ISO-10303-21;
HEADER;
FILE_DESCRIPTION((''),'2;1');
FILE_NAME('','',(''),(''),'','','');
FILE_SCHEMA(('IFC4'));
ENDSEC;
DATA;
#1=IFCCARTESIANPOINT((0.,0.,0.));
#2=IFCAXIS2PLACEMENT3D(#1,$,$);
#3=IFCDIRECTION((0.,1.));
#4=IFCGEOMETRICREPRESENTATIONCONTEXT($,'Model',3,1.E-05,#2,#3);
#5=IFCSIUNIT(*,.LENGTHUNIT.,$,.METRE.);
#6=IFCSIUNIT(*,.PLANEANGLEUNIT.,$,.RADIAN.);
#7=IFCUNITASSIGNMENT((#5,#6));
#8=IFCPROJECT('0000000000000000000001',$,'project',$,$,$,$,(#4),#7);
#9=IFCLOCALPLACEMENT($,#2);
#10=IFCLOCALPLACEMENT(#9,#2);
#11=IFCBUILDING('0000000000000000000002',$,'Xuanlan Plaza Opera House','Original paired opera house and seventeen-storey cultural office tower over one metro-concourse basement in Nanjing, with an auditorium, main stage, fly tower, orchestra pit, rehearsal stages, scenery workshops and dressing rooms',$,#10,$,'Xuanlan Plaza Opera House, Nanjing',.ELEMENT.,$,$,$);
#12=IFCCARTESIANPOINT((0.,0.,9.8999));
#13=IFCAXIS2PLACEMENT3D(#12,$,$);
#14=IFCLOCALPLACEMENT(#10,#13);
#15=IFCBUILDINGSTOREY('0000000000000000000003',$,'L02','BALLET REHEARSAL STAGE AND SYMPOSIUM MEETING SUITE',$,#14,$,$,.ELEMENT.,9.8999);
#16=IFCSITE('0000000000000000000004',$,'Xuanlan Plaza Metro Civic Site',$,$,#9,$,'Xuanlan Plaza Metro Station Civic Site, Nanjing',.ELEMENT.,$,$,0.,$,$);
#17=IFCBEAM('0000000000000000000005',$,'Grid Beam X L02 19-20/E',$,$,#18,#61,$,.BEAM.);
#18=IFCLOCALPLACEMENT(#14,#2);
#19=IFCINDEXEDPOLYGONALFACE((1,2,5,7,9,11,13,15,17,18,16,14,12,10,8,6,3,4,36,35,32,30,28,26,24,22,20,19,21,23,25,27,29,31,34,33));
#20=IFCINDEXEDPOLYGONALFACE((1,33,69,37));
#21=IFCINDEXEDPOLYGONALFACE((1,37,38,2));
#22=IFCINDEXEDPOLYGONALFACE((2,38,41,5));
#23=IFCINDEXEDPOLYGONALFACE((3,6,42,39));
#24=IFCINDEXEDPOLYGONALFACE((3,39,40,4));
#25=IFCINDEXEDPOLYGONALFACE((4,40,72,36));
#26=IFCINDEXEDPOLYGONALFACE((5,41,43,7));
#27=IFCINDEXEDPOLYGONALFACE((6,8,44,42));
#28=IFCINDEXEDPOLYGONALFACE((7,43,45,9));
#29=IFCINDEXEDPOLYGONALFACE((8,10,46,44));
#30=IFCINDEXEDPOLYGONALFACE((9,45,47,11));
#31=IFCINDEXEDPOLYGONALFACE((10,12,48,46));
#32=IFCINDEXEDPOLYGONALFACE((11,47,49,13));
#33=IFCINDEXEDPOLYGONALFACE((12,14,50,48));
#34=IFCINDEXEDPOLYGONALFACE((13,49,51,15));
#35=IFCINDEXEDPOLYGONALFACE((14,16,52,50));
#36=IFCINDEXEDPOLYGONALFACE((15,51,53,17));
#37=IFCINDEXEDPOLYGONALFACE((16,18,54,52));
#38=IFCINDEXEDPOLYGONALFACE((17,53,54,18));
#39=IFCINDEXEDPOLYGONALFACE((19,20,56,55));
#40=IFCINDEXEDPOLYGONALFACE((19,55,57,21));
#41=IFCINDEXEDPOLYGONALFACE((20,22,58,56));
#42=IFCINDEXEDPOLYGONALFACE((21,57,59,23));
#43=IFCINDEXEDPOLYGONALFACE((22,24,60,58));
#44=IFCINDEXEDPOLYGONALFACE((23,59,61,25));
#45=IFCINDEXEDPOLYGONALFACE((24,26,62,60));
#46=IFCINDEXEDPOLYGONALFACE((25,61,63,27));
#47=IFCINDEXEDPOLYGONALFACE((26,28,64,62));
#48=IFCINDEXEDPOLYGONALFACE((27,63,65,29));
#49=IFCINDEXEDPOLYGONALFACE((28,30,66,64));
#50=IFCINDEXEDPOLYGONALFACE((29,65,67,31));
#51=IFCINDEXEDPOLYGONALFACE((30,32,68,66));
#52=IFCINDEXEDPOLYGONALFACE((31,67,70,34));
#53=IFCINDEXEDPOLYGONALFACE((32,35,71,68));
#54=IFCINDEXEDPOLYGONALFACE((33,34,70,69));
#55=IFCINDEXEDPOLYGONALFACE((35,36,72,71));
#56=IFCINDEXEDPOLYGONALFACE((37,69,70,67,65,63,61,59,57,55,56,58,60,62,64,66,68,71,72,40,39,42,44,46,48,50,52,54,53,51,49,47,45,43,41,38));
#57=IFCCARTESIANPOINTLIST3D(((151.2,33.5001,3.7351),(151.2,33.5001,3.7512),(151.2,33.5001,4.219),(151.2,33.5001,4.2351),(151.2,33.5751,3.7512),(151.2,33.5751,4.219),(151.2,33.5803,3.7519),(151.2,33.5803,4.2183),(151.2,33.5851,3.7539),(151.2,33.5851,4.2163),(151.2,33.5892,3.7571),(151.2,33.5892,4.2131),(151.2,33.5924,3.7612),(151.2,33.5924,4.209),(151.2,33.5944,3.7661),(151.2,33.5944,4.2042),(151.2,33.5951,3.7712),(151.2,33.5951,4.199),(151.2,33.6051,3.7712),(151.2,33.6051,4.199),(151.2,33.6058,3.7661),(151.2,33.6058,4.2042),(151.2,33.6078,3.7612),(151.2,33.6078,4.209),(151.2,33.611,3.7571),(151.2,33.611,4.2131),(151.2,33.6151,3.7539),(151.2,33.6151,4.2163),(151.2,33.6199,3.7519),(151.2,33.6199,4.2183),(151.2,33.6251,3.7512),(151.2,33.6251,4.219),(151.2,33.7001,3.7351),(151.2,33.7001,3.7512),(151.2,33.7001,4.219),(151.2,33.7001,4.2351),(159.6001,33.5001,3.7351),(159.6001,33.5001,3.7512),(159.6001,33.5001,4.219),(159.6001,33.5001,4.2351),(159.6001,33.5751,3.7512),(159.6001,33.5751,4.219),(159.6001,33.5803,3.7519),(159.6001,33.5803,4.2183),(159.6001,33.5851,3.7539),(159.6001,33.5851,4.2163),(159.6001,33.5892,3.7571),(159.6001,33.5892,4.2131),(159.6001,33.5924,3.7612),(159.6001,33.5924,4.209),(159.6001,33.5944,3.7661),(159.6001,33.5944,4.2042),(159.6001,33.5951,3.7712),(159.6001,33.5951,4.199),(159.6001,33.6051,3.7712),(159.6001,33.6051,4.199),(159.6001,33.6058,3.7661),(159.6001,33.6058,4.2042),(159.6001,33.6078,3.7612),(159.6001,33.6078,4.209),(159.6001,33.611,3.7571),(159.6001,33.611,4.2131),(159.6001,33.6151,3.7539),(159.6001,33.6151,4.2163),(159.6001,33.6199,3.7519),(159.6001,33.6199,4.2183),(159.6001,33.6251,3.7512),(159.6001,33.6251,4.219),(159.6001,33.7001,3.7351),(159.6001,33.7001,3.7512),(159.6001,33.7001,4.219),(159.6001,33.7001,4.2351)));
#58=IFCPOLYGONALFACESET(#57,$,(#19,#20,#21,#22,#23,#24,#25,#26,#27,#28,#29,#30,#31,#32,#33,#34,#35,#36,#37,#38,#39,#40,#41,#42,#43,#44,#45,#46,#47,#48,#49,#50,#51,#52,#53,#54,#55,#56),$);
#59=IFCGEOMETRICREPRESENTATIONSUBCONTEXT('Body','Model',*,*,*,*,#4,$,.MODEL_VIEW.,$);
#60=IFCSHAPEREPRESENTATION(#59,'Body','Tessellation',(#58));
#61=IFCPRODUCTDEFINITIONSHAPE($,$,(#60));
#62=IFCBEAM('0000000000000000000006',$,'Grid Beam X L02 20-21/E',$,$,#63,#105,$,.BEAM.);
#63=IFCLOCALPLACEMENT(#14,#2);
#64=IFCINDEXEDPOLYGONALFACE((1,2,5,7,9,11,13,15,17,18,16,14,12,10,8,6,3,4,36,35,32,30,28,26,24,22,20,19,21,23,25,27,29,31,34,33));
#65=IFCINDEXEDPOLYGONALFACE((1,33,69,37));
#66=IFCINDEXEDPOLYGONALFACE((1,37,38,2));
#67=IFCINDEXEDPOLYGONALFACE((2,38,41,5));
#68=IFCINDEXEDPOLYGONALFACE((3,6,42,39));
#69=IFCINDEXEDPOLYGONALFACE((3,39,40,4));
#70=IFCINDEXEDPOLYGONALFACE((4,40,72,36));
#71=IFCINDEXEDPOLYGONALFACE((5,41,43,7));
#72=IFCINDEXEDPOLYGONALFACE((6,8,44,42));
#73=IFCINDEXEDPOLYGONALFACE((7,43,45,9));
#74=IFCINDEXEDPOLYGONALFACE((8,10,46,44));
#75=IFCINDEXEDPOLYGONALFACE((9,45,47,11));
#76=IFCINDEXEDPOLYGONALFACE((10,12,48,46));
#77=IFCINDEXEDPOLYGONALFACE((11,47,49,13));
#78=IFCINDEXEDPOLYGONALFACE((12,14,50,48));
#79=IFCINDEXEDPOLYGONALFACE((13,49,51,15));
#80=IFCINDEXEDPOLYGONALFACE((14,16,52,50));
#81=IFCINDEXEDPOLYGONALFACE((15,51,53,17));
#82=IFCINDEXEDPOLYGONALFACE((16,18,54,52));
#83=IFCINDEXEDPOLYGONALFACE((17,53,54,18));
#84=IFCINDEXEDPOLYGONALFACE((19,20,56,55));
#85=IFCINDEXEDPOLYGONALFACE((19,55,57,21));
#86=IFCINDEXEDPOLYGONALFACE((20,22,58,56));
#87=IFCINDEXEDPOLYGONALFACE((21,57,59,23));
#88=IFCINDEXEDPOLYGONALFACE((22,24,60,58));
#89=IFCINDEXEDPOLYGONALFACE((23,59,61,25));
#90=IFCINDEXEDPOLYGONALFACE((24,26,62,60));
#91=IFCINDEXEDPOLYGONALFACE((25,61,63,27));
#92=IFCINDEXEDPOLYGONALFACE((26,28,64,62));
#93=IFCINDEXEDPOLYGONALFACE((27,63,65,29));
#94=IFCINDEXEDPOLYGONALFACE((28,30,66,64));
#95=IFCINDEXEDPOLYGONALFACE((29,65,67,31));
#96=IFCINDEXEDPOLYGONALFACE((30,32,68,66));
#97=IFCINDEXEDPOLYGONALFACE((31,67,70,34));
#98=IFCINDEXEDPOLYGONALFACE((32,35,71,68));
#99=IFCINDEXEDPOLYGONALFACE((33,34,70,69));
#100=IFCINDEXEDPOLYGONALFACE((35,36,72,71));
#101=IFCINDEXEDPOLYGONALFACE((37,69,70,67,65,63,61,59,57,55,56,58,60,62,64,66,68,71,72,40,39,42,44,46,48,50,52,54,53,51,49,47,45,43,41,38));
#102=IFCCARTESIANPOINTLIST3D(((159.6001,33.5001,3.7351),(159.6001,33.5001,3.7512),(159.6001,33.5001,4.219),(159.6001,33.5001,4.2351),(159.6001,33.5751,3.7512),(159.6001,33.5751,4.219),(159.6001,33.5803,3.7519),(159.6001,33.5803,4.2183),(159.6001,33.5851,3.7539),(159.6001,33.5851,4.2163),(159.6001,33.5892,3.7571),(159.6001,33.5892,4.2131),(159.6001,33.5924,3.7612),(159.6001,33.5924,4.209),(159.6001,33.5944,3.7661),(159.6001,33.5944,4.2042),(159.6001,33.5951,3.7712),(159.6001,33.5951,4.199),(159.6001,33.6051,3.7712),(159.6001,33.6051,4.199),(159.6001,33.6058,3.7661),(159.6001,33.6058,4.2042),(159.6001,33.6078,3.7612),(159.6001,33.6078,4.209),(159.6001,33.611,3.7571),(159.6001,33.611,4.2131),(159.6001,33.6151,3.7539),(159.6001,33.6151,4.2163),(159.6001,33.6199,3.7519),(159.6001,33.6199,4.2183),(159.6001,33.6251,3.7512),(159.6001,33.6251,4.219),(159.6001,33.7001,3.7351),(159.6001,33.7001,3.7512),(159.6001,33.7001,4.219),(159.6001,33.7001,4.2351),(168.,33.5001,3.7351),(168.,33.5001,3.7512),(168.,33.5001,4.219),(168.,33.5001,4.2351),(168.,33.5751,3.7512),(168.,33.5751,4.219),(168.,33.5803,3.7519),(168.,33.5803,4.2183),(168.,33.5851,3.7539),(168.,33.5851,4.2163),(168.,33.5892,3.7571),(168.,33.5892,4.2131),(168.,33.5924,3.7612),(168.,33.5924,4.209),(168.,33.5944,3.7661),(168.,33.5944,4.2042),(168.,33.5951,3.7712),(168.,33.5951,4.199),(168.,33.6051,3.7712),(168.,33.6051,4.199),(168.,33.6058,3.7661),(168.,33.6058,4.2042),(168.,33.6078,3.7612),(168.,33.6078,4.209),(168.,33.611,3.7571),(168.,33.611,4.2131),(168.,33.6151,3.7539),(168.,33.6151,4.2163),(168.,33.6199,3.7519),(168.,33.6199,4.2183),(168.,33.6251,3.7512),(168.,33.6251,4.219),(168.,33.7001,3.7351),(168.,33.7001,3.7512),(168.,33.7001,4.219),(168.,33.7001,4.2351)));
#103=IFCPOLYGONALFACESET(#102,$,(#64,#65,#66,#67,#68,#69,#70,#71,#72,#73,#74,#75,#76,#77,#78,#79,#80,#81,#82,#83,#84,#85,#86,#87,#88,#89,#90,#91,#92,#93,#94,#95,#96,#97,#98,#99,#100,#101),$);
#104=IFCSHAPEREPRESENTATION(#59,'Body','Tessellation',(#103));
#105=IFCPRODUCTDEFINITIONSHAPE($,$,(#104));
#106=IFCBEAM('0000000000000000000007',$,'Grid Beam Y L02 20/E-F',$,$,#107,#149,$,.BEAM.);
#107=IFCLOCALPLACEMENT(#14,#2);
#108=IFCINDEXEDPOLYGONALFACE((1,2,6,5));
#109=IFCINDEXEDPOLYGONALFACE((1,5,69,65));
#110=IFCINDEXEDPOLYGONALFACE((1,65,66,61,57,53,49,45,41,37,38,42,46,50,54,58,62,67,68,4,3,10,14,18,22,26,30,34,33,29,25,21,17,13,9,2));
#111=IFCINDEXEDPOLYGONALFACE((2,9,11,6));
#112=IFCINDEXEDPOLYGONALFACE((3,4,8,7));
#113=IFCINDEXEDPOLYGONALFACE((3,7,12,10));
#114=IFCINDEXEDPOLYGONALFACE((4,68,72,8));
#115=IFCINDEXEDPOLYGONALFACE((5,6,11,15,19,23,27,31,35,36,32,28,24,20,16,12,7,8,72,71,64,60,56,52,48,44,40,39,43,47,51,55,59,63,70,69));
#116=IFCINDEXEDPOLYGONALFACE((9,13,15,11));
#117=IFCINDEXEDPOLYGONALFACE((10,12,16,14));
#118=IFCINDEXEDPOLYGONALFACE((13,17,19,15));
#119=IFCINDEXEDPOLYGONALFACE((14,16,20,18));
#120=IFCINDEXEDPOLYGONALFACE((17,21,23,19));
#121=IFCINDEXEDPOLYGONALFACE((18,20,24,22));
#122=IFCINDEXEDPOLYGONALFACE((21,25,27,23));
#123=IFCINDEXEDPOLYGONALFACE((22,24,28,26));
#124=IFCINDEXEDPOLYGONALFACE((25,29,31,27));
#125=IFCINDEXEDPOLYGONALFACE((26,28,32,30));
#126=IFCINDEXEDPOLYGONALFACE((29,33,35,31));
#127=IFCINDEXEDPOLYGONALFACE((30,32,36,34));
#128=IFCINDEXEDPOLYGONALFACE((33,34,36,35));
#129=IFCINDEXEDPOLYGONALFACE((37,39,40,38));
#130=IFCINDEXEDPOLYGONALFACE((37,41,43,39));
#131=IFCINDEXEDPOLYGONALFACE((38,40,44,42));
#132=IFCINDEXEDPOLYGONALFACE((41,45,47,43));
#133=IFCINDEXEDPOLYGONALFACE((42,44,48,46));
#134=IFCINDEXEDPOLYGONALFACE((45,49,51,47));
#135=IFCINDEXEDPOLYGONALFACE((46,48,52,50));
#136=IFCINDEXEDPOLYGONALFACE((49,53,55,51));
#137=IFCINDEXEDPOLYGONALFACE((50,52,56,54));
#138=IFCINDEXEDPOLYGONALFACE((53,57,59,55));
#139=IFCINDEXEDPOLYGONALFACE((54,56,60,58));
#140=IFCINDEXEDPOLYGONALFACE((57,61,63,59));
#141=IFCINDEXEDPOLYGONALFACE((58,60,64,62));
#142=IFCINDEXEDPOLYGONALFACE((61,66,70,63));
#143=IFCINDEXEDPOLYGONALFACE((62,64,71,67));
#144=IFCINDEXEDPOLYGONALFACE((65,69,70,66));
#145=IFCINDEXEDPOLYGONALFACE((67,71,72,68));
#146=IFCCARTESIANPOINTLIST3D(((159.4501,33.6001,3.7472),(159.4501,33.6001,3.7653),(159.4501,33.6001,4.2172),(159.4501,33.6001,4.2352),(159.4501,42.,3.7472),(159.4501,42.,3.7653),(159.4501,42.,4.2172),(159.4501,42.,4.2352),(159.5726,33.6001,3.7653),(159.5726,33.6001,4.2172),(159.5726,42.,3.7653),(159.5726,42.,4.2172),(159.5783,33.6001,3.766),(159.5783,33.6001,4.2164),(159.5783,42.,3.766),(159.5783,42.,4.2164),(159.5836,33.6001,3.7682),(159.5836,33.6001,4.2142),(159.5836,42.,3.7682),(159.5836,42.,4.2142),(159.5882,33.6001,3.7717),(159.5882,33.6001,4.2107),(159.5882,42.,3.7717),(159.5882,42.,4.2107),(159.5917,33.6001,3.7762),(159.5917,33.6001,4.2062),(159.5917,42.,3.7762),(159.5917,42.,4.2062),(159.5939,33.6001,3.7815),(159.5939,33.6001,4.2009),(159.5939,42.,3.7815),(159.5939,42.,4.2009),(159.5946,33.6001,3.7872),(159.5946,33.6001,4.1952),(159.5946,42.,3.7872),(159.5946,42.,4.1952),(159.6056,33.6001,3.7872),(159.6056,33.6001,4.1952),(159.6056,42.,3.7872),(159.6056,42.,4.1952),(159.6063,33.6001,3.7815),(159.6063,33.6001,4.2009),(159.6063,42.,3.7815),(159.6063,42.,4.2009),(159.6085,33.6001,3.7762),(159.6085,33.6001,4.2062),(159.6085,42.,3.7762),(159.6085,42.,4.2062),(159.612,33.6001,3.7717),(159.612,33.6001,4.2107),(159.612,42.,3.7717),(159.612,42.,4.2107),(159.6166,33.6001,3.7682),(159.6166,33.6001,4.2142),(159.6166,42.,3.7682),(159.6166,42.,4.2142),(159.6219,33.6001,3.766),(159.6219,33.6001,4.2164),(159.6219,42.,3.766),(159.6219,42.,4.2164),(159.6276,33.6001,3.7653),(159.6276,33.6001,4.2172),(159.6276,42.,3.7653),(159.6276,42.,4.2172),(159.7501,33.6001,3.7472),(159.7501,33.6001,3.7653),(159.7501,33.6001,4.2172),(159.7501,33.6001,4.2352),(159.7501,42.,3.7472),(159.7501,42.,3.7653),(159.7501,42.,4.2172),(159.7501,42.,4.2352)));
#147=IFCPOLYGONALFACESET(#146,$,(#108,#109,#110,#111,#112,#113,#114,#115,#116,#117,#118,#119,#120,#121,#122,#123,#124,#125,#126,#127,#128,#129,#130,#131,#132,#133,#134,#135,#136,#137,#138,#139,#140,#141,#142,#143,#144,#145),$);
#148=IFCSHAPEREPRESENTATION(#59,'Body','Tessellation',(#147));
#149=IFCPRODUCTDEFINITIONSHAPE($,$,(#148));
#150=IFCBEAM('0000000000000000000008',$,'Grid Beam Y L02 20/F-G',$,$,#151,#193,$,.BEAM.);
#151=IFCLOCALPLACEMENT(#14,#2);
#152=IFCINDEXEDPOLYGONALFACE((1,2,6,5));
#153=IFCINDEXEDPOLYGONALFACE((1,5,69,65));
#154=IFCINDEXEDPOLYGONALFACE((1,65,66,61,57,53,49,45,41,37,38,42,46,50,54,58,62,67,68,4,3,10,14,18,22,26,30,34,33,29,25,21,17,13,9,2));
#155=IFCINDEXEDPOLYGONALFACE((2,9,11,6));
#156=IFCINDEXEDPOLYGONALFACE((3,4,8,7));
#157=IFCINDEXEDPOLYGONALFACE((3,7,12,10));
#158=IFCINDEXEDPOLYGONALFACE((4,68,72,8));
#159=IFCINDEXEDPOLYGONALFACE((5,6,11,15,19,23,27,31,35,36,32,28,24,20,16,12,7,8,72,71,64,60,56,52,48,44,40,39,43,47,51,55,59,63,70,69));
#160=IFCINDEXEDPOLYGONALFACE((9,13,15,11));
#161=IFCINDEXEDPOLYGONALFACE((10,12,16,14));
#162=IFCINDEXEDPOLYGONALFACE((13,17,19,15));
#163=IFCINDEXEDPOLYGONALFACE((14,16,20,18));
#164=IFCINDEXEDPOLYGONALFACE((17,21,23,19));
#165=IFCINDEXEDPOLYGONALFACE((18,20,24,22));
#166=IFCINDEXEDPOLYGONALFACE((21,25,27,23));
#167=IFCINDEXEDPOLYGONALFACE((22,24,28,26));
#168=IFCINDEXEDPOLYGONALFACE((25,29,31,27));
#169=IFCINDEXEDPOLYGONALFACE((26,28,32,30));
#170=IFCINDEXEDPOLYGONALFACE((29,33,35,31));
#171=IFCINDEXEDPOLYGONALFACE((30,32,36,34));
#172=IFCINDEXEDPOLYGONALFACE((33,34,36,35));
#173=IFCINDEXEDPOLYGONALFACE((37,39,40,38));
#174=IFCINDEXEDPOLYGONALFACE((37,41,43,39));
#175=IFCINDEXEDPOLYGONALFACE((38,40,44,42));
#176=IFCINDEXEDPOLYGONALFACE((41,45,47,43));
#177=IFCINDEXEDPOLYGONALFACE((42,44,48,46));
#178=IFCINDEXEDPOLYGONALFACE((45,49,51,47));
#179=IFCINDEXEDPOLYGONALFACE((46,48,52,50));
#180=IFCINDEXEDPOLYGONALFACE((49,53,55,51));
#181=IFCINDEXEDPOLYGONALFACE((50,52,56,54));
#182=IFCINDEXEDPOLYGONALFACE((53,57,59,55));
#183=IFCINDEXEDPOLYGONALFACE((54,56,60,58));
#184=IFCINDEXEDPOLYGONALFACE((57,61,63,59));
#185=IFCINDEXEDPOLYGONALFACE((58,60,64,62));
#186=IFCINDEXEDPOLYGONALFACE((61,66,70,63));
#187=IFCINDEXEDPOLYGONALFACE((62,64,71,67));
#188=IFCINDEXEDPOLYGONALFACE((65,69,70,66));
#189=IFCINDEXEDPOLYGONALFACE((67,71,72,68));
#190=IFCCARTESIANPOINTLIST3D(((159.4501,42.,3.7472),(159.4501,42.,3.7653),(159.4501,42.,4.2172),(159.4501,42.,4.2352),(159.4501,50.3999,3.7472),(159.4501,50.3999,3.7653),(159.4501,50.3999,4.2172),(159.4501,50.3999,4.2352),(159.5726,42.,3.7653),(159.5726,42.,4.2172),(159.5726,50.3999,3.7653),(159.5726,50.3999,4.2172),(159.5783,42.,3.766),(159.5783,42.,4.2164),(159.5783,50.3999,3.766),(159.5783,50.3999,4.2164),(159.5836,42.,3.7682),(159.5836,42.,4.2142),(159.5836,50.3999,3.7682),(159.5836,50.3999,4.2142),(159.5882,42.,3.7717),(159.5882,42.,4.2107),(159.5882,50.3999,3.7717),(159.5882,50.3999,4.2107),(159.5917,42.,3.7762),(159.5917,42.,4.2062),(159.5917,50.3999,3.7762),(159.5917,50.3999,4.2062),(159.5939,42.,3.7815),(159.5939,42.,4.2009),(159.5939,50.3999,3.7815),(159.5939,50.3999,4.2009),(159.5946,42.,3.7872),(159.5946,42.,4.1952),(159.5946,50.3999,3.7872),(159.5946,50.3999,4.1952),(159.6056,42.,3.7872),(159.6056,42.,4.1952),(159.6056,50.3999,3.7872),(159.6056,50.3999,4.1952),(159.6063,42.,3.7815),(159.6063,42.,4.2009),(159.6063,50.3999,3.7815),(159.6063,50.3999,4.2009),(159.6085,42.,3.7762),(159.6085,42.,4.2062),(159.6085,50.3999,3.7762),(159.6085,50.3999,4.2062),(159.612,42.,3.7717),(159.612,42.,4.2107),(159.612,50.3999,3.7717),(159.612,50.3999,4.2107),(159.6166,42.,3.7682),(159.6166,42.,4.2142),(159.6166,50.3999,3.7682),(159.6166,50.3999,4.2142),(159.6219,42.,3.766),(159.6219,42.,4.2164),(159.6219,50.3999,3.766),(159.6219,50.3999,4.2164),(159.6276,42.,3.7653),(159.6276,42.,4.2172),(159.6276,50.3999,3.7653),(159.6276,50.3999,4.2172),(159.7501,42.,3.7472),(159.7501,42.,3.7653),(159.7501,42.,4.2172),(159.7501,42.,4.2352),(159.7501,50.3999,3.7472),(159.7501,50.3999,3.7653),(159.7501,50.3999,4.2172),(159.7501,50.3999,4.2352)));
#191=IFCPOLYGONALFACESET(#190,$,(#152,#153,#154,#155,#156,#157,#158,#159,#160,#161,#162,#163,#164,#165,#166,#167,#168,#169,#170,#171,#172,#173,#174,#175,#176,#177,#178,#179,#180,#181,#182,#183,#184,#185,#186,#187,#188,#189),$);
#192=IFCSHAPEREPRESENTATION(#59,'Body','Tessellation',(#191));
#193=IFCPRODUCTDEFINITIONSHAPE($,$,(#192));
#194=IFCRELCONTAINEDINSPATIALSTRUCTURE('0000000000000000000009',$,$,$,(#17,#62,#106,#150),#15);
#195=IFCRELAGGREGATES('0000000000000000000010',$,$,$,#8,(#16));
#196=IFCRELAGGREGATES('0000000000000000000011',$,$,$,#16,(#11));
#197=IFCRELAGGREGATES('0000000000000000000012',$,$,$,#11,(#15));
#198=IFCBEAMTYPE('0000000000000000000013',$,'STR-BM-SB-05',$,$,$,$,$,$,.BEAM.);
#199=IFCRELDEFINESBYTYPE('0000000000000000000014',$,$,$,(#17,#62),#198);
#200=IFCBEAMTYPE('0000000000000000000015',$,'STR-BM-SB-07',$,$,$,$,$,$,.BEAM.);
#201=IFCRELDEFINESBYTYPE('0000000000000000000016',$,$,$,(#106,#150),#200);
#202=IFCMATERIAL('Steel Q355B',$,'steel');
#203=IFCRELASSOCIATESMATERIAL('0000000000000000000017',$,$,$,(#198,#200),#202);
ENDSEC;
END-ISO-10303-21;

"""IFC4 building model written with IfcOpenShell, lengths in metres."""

from ifc_helpers import new_model, si_unit, direction, frame, origin, origin_2d, place, context, subcontext, project, spatial, i_section, extrude, material, material_profile, profile_set, type_object, element, save


model = new_model("IFC4")

# Units and contexts
model_context = context("Model", 3, precision=1e-05, world=origin(), true_north=direction((0.0, 1.0)))
body_context = subcontext(model_context, "Body", "Model", "MODEL_VIEW")
ifc_project = project(units=[si_unit("LENGTHUNIT", "METRE"), si_unit("PLANEANGLEUNIT", "RADIAN")], contexts=[model_context])

# Site, building, storey
site_placement = place(None, origin())
site = spatial("IfcSite", under=ifc_project, at=site_placement, Name="Xuanlan Plaza Metro Civic Site", LongName="Xuanlan Plaza Metro Station Civic Site, Nanjing", CompositionType="ELEMENT", RefElevation=0.0)
building_placement = place(site_placement, origin())
building = spatial("IfcBuilding", under=site, at=building_placement, Name="Xuanlan Plaza Opera House", Description="Original paired opera house and seventeen-storey cultural office tower over one metro-concourse basement in Nanjing, with an auditorium, main stage, fly tower, orchestra pit, rehearsal stages, scenery workshops and dressing rooms", LongName="Xuanlan Plaza Opera House, Nanjing", CompositionType="ELEMENT")
storey_placement = place(building_placement, frame((0.0, 0.0, 9.8999)))
storey = spatial("IfcBuildingStorey", under=building, at=storey_placement, Name="L02", Description="BALLET REHEARSAL STAGE AND SYMPOSIUM MEETING SUITE", CompositionType="ELEMENT", Elevation=9.8999)

# Beams
ifc_material_1 = material(Name="Steel Q355B", Category="steel")
ifc_material_profile_1 = material_profile(ifc_material_1, i_section(OverallWidth=0.2, OverallDepth=0.5, WebThickness=0.01, FlangeThickness=0.0161, FilletRadius=0.02, at=origin_2d()), Name="HN 500x200x10x16")
ifc_profile_set_1 = profile_set([ifc_material_profile_1], Name="Steel Q355B")
beam_type_1 = type_object("IfcBeamType", Name="STR-BM-SB-05", PredefinedType="BEAM", material=ifc_profile_set_1)
beam_1_placement = place(storey_placement, frame((151.2, 33.6001, 3.9851), z_axis=(1.0, 0.0, 0.0), x_axis=(0.0, 1.0, 0.0)))
element("IfcBeam", 1, at=beam_1_placement, inside=storey, type_object=beam_type_1, Name="Grid Beam X L02 19-20/E", PredefinedType="BEAM", context=body_context, shape_type="SweptSolid", body=[
    extrude(i_section(OverallWidth=0.2, OverallDepth=0.5, WebThickness=0.01, FlangeThickness=0.0161, FilletRadius=0.02, at=origin_2d()), origin(), (0.0, 0.0, 1.0), 8.4001),
])
beam_2_placement = place(storey_placement, frame((159.6001, 33.6001, 3.9851), z_axis=(1.0, 0.0, 0.0), x_axis=(0.0, 1.0, 0.0)))
element("IfcBeam", 2, at=beam_2_placement, inside=storey, type_object=beam_type_1, Name="Grid Beam X L02 20-21/E", PredefinedType="BEAM", context=body_context, shape_type="SweptSolid", body=[
    extrude(i_section(OverallWidth=0.2, OverallDepth=0.5, WebThickness=0.01, FlangeThickness=0.0161, FilletRadius=0.02, at=origin_2d()), origin(), (0.0, 0.0, 1.0), 8.3999),
])
ifc_material_profile_2 = material_profile(ifc_material_1, i_section(OverallWidth=0.3, OverallDepth=0.488, WebThickness=0.011, FlangeThickness=0.0181, FilletRadius=0.022, at=origin_2d()), Name="HM 488x300x11x18")
ifc_profile_set_2 = profile_set([ifc_material_profile_2], Name="Steel Q355B")
beam_type_2 = type_object("IfcBeamType", Name="STR-BM-SB-07", PredefinedType="BEAM", material=ifc_profile_set_2)
for number, where, z_axis, x_axis, name in (
    (3, (159.6001, 33.6001, 3.9912), (0.0, 1.0, 0.0), (-1.0, 0.0, 0.0), "Grid Beam Y L02 20/E-F"),
    (4, (159.6001, 42.0, 3.9912), (0.0, 1.0, 0.0), (-1.0, 0.0, 0.0), "Grid Beam Y L02 20/F-G"),
):
    element("IfcBeam", number, at=place(storey_placement, frame(where, z_axis=z_axis, x_axis=x_axis)), inside=storey, type_object=beam_type_2, Name=name, PredefinedType="BEAM", context=body_context, shape_type="SweptSolid", body=[
        extrude(i_section(OverallWidth=0.3, OverallDepth=0.488, WebThickness=0.011, FlangeThickness=0.0181, FilletRadius=0.022, at=origin_2d()), origin(), (0.0, 0.0, 1.0), 8.3999),
    ])

save(model, "model.ifc")
